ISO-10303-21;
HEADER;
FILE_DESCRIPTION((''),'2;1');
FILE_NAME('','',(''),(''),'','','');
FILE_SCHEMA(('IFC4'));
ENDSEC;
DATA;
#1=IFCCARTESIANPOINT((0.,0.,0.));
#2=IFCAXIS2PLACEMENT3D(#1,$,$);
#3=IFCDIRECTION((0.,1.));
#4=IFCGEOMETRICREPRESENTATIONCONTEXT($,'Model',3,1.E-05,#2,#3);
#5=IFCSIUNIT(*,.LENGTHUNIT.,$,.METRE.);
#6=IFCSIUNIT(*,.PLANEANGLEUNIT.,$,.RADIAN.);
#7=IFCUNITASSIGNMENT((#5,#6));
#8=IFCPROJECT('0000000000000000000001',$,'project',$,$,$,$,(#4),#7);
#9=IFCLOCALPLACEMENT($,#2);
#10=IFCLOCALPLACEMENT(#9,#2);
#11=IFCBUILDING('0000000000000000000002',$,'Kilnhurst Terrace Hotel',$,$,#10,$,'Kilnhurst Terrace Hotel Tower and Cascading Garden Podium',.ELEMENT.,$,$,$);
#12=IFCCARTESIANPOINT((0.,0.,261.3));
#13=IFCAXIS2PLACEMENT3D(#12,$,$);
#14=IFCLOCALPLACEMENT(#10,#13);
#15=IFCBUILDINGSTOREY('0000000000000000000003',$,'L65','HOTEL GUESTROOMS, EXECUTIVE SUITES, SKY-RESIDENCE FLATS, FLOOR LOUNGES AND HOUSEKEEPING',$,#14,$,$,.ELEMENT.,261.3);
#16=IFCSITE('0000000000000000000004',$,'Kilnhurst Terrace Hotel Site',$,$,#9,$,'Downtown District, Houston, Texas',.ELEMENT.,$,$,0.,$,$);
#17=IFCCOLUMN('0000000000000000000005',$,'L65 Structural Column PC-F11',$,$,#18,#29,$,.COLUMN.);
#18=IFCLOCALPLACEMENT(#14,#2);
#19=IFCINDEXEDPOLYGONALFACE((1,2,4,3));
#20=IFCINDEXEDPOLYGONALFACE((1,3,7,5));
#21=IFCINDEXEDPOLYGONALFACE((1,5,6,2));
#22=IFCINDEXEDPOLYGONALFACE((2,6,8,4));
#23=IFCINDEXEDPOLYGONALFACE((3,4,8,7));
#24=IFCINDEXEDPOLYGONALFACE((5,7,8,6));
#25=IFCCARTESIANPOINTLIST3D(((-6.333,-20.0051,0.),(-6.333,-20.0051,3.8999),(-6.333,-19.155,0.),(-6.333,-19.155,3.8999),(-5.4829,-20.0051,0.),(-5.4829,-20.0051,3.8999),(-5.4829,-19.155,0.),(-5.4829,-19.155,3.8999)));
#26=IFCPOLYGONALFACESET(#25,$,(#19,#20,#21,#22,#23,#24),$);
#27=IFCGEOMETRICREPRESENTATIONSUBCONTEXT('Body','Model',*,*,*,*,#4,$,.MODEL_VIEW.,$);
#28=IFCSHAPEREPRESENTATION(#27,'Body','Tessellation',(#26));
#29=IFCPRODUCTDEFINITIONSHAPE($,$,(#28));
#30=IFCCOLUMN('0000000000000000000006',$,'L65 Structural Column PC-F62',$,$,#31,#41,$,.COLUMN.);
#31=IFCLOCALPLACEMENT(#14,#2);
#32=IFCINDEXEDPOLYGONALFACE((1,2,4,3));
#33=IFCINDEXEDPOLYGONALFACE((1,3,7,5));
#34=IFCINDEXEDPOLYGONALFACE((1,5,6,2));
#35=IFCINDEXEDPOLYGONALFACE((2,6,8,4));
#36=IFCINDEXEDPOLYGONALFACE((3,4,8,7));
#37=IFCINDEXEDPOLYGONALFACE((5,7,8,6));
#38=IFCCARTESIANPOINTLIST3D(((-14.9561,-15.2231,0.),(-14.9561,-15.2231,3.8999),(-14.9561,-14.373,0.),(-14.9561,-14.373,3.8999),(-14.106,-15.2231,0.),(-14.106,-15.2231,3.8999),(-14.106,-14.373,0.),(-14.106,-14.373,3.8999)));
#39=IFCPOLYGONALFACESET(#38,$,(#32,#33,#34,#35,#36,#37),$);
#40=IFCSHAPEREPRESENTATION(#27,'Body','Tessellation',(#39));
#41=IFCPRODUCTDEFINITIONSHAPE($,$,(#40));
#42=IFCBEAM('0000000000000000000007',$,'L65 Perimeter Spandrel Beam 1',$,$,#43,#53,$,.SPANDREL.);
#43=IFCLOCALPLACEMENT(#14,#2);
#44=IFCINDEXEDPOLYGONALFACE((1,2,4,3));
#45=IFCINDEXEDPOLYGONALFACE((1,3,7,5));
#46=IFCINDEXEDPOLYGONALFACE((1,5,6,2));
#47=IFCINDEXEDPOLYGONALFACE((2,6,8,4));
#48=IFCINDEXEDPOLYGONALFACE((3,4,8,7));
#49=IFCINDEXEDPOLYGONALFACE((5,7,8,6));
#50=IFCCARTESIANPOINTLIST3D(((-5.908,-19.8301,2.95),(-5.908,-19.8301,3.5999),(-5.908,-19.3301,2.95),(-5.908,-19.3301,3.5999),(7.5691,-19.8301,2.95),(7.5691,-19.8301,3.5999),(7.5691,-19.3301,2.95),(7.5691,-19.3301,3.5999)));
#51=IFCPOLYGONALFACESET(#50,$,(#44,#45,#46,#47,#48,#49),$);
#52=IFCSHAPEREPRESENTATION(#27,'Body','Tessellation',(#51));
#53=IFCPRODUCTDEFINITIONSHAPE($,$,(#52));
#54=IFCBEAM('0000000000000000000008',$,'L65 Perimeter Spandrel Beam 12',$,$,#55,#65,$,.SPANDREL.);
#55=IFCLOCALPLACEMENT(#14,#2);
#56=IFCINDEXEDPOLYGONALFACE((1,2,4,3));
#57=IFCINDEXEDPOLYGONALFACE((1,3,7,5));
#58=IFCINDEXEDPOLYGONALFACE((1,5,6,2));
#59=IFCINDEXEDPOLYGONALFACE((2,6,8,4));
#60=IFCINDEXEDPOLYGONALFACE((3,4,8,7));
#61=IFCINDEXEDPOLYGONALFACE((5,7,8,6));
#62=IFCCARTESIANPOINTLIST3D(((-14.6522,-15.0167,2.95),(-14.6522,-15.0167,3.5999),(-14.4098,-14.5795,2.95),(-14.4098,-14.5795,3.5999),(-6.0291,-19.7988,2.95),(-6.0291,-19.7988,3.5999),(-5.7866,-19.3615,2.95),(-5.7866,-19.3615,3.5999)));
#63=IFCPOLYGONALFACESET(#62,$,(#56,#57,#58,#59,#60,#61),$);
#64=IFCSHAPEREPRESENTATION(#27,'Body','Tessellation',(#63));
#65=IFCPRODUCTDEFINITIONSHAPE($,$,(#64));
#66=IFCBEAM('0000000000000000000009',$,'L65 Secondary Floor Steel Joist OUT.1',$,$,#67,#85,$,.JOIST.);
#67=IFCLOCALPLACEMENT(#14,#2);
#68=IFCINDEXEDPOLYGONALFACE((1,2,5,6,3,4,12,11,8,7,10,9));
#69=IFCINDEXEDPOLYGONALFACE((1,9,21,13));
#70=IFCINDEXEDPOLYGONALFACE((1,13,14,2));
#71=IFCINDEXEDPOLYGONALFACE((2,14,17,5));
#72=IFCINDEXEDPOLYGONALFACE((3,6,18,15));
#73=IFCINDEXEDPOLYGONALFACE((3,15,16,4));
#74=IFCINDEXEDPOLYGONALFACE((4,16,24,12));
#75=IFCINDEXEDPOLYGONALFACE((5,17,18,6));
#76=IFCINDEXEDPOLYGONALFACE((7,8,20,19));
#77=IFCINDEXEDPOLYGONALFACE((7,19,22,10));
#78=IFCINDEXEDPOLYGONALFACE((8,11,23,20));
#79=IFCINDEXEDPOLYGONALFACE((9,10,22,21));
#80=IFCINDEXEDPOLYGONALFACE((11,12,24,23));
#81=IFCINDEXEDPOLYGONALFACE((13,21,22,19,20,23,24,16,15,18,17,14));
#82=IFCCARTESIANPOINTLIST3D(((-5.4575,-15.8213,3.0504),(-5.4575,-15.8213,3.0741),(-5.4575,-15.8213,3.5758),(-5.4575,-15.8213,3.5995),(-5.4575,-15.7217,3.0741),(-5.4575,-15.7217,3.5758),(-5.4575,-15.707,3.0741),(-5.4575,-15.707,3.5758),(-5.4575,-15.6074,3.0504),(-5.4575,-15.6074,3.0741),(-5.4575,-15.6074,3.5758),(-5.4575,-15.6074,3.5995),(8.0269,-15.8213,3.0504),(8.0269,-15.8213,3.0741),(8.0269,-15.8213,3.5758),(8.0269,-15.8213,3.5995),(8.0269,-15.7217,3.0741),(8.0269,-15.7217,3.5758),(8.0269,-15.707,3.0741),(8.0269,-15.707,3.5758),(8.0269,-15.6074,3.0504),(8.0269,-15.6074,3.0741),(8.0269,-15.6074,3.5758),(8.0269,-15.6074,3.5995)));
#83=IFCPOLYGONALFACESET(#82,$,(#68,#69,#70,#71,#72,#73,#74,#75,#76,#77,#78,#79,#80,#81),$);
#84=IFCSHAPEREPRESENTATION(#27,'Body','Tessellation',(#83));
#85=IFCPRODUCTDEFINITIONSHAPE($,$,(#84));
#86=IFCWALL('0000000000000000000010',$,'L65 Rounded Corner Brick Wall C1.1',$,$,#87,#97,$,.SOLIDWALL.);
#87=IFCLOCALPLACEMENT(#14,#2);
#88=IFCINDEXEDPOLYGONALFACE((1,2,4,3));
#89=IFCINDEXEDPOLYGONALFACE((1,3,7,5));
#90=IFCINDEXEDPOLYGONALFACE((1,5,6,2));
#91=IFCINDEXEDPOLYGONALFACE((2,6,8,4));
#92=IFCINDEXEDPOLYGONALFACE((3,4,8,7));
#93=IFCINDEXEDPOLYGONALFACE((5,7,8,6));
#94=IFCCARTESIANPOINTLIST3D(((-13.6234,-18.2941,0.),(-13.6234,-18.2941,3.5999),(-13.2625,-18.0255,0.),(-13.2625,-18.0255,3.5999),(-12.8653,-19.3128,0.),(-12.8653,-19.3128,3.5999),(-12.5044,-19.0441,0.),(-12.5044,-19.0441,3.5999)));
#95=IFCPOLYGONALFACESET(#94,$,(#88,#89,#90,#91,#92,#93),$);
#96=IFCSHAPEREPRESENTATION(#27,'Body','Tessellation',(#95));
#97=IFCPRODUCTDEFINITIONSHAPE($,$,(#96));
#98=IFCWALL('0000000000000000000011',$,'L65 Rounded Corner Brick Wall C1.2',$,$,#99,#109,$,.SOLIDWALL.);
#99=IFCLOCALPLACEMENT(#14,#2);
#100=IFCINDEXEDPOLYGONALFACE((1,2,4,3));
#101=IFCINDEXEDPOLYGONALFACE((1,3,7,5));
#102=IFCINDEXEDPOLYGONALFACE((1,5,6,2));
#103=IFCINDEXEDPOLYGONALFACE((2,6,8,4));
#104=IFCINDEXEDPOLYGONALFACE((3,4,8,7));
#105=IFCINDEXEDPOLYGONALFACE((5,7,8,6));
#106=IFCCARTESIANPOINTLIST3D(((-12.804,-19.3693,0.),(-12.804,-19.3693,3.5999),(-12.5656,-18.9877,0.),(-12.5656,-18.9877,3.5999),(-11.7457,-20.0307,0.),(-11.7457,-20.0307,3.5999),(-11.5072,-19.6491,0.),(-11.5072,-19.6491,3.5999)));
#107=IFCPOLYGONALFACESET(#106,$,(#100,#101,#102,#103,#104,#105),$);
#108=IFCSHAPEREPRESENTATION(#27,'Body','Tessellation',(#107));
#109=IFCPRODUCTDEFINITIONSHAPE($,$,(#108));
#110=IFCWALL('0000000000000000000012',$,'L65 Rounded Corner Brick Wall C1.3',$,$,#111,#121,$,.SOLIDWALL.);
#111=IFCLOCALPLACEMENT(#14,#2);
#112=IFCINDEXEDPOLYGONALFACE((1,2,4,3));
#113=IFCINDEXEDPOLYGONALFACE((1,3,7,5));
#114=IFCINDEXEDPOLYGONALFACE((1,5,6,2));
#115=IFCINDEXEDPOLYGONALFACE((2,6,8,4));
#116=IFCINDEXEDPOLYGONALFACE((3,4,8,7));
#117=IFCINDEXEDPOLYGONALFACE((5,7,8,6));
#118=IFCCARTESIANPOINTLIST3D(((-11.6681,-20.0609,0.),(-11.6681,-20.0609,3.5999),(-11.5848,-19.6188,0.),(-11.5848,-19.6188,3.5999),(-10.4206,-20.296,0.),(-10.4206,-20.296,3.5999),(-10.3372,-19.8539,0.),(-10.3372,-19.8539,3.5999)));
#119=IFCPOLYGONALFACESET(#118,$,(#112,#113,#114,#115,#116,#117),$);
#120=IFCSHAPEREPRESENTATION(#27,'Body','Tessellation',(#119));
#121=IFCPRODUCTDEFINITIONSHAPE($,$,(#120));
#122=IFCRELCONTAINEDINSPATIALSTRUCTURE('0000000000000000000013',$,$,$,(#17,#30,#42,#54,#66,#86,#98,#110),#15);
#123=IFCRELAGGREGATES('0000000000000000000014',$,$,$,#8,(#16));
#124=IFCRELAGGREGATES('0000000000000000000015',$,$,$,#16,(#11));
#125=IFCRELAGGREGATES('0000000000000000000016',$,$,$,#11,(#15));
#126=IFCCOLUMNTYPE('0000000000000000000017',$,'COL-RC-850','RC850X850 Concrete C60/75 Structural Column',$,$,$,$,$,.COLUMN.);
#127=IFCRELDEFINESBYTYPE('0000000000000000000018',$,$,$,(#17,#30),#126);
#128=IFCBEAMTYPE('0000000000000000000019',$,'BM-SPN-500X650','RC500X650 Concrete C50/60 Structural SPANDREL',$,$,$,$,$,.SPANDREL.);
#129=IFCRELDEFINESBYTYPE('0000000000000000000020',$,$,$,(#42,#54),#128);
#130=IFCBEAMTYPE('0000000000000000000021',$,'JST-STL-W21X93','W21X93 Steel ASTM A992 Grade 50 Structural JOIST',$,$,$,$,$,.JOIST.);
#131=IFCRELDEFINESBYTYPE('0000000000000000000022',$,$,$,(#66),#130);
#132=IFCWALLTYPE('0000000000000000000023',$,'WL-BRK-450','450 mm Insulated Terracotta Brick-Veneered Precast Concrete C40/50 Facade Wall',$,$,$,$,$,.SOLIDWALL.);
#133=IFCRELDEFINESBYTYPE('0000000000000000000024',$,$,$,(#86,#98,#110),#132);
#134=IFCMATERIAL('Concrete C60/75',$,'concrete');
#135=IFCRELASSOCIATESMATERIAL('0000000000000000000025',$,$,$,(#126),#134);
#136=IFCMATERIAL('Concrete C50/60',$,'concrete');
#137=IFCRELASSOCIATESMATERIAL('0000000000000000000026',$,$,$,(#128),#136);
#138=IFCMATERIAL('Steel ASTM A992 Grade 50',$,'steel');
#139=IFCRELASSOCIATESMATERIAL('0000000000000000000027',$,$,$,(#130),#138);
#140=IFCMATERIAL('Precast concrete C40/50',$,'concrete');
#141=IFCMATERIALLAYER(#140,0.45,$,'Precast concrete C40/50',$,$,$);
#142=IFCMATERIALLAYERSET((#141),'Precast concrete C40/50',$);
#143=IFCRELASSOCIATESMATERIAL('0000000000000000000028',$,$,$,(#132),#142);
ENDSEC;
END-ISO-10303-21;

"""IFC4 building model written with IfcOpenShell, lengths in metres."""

from ifc_helpers import new_model, si_unit, direction, frame, frame_2d, origin, origin_2d, place, context, subcontext, project, spatial, rectangle, i_section, extrude, material, layer, layer_set, material_profile, profile_set, type_object, element, save


model = new_model("IFC4")

# Units and contexts
model_context = context("Model", 3, precision=1e-05, world=origin(), true_north=direction((0.0, 1.0)))
body_context = subcontext(model_context, "Body", "Model", "MODEL_VIEW")
ifc_project = project(units=[si_unit("LENGTHUNIT", "METRE"), si_unit("PLANEANGLEUNIT", "RADIAN")], contexts=[model_context])

# Site, building, storey
site_placement = place(None, origin())
site = spatial("IfcSite", under=ifc_project, at=site_placement, Name="Kilnhurst Terrace Hotel Site", LongName="Downtown District, Houston, Texas", CompositionType="ELEMENT", RefElevation=0.0)
building_placement = place(site_placement, origin())
building = spatial("IfcBuilding", under=site, at=building_placement, Name="Kilnhurst Terrace Hotel", LongName="Kilnhurst Terrace Hotel Tower and Cascading Garden Podium", CompositionType="ELEMENT")
storey_placement = place(building_placement, frame((0.0, 0.0, 261.3)))
storey = spatial("IfcBuildingStorey", under=building, at=storey_placement, Name="L65", Description="HOTEL GUESTROOMS, EXECUTIVE SUITES, SKY-RESIDENCE FLATS, FLOOR LOUNGES AND HOUSEKEEPING", CompositionType="ELEMENT", Elevation=261.3)

# Columns
ifc_material_1 = material(Name="Concrete C60/75", Category="concrete")
ifc_material_profile_1 = material_profile(ifc_material_1, rectangle(XDim=0.8501, YDim=0.8501, at=origin_2d()), Name="RC850X850")
ifc_profile_set_1 = profile_set([ifc_material_profile_1], Name="Concrete C60/75")
column_type = type_object("IfcColumnType", Name="COL-RC-850", Description="RC850X850 Concrete C60/75 Structural Column", PredefinedType="COLUMN", material=ifc_profile_set_1)
for number, where, z_axis, x_axis, name in (
    (1, (-5.908, -19.5801, 0.0), (0.0, 0.0, 1.0), (1.0, 0.0, 0.0), "L65 Structural Column PC-F11"),
    (2, (-14.531, -14.7981, 0.0), (0.0, 0.0, 1.0), (1.0, 0.0, 0.0), "L65 Structural Column PC-F62"),
):
    element("IfcColumn", number, at=place(storey_placement, frame(where, z_axis=z_axis, x_axis=x_axis)), inside=storey, type_object=column_type, Name=name, PredefinedType="COLUMN", context=body_context, shape_type="SweptSolid", body=[
        extrude(rectangle(XDim=0.8501, YDim=0.8501, at=origin_2d()), origin(), (0.0, 0.0, 1.0), 3.8999),
    ])

# Beams
ifc_material_2 = material(Name="Concrete C50/60", Category="concrete")
ifc_material_profile_2 = material_profile(ifc_material_2, rectangle(XDim=0.5, YDim=0.6499, at=origin_2d()), Name="RC500X650")
ifc_profile_set_2 = profile_set([ifc_material_profile_2], Name="Concrete C50/60")
beam_type_1 = type_object("IfcBeamType", Name="BM-SPN-500X650", Description="RC500X650 Concrete C50/60 Structural SPANDREL", PredefinedType="SPANDREL", material=ifc_profile_set_2)
beam_1_placement = place(storey_placement, frame((-5.908, -19.5801, 3.2749), z_axis=(1.0, 0.0, 0.0), x_axis=(0.0, 1.0, 0.0)))
element("IfcBeam", 3, at=beam_1_placement, inside=storey, type_object=beam_type_1, Name="L65 Perimeter Spandrel Beam 1", PredefinedType="SPANDREL", context=body_context, shape_type="SweptSolid", body=[
    extrude(rectangle(XDim=0.5, YDim=0.6499, at=origin_2d()), origin(), (0.0, 0.0, 1.0), 13.4771),
])
beam_2_placement = place(storey_placement, frame((-14.531, -14.7981, 3.2749), z_axis=(0.874527, -0.484976, 0.0), x_axis=(0.484976, 0.874527, 0.0)))
element("IfcBeam", 4, at=beam_2_placement, inside=storey, type_object=beam_type_1, Name="L65 Perimeter Spandrel Beam 12", PredefinedType="SPANDREL", context=body_context, shape_type="SweptSolid", body=[
    extrude(rectangle(XDim=0.5, YDim=0.6499, at=origin_2d()), origin(), (0.0, 0.0, 1.0), 9.8604),
])
ifc_material_3 = material(Name="Steel ASTM A992 Grade 50", Category="steel")
ifc_material_profile_3 = material_profile(ifc_material_3, i_section(OverallWidth=0.2139, OverallDepth=0.5491, WebThickness=0.0146, FlangeThickness=0.0237, at=origin_2d()), Name="W21X93")
ifc_profile_set_3 = profile_set([ifc_material_profile_3], Name="Steel ASTM A992 Grade 50")
beam_type_2 = type_object("IfcBeamType", Name="JST-STL-W21X93", Description="W21X93 Steel ASTM A992 Grade 50 Structural JOIST", PredefinedType="JOIST", material=ifc_profile_set_3)
beam_3_placement = place(storey_placement, frame((-5.4575, -15.7144, 3.325), z_axis=(1.0, 0.0, 0.0), x_axis=(0.0, 1.0, 0.0)))
element("IfcBeam", 5, at=beam_3_placement, inside=storey, type_object=beam_type_2, Name="L65 Secondary Floor Steel Joist OUT.1", PredefinedType="JOIST", context=body_context, shape_type="SweptSolid", body=[
    extrude(i_section(OverallWidth=0.2139, OverallDepth=0.5491, WebThickness=0.0146, FlangeThickness=0.0237, at=origin_2d()), origin(), (0.0, 0.0, 1.0), 13.4844),
])

# Walls
ifc_material_4 = material(Name="Precast concrete C40/50", Category="concrete")
ifc_layer_1 = layer(ifc_material_4, 0.45, Name="Precast concrete C40/50")
ifc_layer_set_1 = layer_set([ifc_layer_1], Name="Precast concrete C40/50")
wall_type_1 = type_object("IfcWallType", Name="WL-BRK-450", Description="450 mm Insulated Terracotta Brick-Veneered Precast Concrete C40/50 Facade Wall", PredefinedType="SOLIDWALL", material=ifc_layer_set_1)
wall_1_placement = place(storey_placement, frame((-13.4429, -18.1599, 0.0), z_axis=(0.0, 0.0, 1.0), x_axis=(0.597042, -0.80221, 0.0)))
element("IfcWall", 6, at=wall_1_placement, inside=storey, type_object=wall_type_1, Name="L65 Rounded Corner Brick Wall C1.1", PredefinedType="SOLIDWALL", context=body_context, shape_type="SweptSolid", body=[
    extrude(rectangle(XDim=1.2698, YDim=0.45, at=frame_2d((0.6348, 0.0))), origin(), (0.0, 0.0, 1.0), 3.5999),
])
wall_2_placement = place(storey_placement, frame((-12.6848, -19.1785, 0.0), z_axis=(0.0, 0.0, 1.0), x_axis=(0.848031, -0.529946, 0.0)))
element("IfcWall", 7, at=wall_2_placement, inside=storey, type_object=wall_type_1, Name="L65 Rounded Corner Brick Wall C1.2", PredefinedType="SOLIDWALL", context=body_context, shape_type="SweptSolid", body=[
    extrude(rectangle(XDim=1.248, YDim=0.45, at=frame_2d((0.624, 0.0))), origin(), (0.0, 0.0, 1.0), 3.5999),
])
wall_3_placement = place(storey_placement, frame((-11.6265, -19.8398, 0.0), z_axis=(0.0, 0.0, 1.0), x_axis=(0.982702, -0.185194, 0.0)))
element("IfcWall", 8, at=wall_3_placement, inside=storey, type_object=wall_type_1, Name="L65 Rounded Corner Brick Wall C1.3", PredefinedType="SOLIDWALL", context=body_context, shape_type="SweptSolid", body=[
    extrude(rectangle(XDim=1.2695, YDim=0.45, at=frame_2d((0.6348, 0.0))), origin(), (0.0, 0.0, 1.0), 3.5999),
])

save(model, "model.ifc")
